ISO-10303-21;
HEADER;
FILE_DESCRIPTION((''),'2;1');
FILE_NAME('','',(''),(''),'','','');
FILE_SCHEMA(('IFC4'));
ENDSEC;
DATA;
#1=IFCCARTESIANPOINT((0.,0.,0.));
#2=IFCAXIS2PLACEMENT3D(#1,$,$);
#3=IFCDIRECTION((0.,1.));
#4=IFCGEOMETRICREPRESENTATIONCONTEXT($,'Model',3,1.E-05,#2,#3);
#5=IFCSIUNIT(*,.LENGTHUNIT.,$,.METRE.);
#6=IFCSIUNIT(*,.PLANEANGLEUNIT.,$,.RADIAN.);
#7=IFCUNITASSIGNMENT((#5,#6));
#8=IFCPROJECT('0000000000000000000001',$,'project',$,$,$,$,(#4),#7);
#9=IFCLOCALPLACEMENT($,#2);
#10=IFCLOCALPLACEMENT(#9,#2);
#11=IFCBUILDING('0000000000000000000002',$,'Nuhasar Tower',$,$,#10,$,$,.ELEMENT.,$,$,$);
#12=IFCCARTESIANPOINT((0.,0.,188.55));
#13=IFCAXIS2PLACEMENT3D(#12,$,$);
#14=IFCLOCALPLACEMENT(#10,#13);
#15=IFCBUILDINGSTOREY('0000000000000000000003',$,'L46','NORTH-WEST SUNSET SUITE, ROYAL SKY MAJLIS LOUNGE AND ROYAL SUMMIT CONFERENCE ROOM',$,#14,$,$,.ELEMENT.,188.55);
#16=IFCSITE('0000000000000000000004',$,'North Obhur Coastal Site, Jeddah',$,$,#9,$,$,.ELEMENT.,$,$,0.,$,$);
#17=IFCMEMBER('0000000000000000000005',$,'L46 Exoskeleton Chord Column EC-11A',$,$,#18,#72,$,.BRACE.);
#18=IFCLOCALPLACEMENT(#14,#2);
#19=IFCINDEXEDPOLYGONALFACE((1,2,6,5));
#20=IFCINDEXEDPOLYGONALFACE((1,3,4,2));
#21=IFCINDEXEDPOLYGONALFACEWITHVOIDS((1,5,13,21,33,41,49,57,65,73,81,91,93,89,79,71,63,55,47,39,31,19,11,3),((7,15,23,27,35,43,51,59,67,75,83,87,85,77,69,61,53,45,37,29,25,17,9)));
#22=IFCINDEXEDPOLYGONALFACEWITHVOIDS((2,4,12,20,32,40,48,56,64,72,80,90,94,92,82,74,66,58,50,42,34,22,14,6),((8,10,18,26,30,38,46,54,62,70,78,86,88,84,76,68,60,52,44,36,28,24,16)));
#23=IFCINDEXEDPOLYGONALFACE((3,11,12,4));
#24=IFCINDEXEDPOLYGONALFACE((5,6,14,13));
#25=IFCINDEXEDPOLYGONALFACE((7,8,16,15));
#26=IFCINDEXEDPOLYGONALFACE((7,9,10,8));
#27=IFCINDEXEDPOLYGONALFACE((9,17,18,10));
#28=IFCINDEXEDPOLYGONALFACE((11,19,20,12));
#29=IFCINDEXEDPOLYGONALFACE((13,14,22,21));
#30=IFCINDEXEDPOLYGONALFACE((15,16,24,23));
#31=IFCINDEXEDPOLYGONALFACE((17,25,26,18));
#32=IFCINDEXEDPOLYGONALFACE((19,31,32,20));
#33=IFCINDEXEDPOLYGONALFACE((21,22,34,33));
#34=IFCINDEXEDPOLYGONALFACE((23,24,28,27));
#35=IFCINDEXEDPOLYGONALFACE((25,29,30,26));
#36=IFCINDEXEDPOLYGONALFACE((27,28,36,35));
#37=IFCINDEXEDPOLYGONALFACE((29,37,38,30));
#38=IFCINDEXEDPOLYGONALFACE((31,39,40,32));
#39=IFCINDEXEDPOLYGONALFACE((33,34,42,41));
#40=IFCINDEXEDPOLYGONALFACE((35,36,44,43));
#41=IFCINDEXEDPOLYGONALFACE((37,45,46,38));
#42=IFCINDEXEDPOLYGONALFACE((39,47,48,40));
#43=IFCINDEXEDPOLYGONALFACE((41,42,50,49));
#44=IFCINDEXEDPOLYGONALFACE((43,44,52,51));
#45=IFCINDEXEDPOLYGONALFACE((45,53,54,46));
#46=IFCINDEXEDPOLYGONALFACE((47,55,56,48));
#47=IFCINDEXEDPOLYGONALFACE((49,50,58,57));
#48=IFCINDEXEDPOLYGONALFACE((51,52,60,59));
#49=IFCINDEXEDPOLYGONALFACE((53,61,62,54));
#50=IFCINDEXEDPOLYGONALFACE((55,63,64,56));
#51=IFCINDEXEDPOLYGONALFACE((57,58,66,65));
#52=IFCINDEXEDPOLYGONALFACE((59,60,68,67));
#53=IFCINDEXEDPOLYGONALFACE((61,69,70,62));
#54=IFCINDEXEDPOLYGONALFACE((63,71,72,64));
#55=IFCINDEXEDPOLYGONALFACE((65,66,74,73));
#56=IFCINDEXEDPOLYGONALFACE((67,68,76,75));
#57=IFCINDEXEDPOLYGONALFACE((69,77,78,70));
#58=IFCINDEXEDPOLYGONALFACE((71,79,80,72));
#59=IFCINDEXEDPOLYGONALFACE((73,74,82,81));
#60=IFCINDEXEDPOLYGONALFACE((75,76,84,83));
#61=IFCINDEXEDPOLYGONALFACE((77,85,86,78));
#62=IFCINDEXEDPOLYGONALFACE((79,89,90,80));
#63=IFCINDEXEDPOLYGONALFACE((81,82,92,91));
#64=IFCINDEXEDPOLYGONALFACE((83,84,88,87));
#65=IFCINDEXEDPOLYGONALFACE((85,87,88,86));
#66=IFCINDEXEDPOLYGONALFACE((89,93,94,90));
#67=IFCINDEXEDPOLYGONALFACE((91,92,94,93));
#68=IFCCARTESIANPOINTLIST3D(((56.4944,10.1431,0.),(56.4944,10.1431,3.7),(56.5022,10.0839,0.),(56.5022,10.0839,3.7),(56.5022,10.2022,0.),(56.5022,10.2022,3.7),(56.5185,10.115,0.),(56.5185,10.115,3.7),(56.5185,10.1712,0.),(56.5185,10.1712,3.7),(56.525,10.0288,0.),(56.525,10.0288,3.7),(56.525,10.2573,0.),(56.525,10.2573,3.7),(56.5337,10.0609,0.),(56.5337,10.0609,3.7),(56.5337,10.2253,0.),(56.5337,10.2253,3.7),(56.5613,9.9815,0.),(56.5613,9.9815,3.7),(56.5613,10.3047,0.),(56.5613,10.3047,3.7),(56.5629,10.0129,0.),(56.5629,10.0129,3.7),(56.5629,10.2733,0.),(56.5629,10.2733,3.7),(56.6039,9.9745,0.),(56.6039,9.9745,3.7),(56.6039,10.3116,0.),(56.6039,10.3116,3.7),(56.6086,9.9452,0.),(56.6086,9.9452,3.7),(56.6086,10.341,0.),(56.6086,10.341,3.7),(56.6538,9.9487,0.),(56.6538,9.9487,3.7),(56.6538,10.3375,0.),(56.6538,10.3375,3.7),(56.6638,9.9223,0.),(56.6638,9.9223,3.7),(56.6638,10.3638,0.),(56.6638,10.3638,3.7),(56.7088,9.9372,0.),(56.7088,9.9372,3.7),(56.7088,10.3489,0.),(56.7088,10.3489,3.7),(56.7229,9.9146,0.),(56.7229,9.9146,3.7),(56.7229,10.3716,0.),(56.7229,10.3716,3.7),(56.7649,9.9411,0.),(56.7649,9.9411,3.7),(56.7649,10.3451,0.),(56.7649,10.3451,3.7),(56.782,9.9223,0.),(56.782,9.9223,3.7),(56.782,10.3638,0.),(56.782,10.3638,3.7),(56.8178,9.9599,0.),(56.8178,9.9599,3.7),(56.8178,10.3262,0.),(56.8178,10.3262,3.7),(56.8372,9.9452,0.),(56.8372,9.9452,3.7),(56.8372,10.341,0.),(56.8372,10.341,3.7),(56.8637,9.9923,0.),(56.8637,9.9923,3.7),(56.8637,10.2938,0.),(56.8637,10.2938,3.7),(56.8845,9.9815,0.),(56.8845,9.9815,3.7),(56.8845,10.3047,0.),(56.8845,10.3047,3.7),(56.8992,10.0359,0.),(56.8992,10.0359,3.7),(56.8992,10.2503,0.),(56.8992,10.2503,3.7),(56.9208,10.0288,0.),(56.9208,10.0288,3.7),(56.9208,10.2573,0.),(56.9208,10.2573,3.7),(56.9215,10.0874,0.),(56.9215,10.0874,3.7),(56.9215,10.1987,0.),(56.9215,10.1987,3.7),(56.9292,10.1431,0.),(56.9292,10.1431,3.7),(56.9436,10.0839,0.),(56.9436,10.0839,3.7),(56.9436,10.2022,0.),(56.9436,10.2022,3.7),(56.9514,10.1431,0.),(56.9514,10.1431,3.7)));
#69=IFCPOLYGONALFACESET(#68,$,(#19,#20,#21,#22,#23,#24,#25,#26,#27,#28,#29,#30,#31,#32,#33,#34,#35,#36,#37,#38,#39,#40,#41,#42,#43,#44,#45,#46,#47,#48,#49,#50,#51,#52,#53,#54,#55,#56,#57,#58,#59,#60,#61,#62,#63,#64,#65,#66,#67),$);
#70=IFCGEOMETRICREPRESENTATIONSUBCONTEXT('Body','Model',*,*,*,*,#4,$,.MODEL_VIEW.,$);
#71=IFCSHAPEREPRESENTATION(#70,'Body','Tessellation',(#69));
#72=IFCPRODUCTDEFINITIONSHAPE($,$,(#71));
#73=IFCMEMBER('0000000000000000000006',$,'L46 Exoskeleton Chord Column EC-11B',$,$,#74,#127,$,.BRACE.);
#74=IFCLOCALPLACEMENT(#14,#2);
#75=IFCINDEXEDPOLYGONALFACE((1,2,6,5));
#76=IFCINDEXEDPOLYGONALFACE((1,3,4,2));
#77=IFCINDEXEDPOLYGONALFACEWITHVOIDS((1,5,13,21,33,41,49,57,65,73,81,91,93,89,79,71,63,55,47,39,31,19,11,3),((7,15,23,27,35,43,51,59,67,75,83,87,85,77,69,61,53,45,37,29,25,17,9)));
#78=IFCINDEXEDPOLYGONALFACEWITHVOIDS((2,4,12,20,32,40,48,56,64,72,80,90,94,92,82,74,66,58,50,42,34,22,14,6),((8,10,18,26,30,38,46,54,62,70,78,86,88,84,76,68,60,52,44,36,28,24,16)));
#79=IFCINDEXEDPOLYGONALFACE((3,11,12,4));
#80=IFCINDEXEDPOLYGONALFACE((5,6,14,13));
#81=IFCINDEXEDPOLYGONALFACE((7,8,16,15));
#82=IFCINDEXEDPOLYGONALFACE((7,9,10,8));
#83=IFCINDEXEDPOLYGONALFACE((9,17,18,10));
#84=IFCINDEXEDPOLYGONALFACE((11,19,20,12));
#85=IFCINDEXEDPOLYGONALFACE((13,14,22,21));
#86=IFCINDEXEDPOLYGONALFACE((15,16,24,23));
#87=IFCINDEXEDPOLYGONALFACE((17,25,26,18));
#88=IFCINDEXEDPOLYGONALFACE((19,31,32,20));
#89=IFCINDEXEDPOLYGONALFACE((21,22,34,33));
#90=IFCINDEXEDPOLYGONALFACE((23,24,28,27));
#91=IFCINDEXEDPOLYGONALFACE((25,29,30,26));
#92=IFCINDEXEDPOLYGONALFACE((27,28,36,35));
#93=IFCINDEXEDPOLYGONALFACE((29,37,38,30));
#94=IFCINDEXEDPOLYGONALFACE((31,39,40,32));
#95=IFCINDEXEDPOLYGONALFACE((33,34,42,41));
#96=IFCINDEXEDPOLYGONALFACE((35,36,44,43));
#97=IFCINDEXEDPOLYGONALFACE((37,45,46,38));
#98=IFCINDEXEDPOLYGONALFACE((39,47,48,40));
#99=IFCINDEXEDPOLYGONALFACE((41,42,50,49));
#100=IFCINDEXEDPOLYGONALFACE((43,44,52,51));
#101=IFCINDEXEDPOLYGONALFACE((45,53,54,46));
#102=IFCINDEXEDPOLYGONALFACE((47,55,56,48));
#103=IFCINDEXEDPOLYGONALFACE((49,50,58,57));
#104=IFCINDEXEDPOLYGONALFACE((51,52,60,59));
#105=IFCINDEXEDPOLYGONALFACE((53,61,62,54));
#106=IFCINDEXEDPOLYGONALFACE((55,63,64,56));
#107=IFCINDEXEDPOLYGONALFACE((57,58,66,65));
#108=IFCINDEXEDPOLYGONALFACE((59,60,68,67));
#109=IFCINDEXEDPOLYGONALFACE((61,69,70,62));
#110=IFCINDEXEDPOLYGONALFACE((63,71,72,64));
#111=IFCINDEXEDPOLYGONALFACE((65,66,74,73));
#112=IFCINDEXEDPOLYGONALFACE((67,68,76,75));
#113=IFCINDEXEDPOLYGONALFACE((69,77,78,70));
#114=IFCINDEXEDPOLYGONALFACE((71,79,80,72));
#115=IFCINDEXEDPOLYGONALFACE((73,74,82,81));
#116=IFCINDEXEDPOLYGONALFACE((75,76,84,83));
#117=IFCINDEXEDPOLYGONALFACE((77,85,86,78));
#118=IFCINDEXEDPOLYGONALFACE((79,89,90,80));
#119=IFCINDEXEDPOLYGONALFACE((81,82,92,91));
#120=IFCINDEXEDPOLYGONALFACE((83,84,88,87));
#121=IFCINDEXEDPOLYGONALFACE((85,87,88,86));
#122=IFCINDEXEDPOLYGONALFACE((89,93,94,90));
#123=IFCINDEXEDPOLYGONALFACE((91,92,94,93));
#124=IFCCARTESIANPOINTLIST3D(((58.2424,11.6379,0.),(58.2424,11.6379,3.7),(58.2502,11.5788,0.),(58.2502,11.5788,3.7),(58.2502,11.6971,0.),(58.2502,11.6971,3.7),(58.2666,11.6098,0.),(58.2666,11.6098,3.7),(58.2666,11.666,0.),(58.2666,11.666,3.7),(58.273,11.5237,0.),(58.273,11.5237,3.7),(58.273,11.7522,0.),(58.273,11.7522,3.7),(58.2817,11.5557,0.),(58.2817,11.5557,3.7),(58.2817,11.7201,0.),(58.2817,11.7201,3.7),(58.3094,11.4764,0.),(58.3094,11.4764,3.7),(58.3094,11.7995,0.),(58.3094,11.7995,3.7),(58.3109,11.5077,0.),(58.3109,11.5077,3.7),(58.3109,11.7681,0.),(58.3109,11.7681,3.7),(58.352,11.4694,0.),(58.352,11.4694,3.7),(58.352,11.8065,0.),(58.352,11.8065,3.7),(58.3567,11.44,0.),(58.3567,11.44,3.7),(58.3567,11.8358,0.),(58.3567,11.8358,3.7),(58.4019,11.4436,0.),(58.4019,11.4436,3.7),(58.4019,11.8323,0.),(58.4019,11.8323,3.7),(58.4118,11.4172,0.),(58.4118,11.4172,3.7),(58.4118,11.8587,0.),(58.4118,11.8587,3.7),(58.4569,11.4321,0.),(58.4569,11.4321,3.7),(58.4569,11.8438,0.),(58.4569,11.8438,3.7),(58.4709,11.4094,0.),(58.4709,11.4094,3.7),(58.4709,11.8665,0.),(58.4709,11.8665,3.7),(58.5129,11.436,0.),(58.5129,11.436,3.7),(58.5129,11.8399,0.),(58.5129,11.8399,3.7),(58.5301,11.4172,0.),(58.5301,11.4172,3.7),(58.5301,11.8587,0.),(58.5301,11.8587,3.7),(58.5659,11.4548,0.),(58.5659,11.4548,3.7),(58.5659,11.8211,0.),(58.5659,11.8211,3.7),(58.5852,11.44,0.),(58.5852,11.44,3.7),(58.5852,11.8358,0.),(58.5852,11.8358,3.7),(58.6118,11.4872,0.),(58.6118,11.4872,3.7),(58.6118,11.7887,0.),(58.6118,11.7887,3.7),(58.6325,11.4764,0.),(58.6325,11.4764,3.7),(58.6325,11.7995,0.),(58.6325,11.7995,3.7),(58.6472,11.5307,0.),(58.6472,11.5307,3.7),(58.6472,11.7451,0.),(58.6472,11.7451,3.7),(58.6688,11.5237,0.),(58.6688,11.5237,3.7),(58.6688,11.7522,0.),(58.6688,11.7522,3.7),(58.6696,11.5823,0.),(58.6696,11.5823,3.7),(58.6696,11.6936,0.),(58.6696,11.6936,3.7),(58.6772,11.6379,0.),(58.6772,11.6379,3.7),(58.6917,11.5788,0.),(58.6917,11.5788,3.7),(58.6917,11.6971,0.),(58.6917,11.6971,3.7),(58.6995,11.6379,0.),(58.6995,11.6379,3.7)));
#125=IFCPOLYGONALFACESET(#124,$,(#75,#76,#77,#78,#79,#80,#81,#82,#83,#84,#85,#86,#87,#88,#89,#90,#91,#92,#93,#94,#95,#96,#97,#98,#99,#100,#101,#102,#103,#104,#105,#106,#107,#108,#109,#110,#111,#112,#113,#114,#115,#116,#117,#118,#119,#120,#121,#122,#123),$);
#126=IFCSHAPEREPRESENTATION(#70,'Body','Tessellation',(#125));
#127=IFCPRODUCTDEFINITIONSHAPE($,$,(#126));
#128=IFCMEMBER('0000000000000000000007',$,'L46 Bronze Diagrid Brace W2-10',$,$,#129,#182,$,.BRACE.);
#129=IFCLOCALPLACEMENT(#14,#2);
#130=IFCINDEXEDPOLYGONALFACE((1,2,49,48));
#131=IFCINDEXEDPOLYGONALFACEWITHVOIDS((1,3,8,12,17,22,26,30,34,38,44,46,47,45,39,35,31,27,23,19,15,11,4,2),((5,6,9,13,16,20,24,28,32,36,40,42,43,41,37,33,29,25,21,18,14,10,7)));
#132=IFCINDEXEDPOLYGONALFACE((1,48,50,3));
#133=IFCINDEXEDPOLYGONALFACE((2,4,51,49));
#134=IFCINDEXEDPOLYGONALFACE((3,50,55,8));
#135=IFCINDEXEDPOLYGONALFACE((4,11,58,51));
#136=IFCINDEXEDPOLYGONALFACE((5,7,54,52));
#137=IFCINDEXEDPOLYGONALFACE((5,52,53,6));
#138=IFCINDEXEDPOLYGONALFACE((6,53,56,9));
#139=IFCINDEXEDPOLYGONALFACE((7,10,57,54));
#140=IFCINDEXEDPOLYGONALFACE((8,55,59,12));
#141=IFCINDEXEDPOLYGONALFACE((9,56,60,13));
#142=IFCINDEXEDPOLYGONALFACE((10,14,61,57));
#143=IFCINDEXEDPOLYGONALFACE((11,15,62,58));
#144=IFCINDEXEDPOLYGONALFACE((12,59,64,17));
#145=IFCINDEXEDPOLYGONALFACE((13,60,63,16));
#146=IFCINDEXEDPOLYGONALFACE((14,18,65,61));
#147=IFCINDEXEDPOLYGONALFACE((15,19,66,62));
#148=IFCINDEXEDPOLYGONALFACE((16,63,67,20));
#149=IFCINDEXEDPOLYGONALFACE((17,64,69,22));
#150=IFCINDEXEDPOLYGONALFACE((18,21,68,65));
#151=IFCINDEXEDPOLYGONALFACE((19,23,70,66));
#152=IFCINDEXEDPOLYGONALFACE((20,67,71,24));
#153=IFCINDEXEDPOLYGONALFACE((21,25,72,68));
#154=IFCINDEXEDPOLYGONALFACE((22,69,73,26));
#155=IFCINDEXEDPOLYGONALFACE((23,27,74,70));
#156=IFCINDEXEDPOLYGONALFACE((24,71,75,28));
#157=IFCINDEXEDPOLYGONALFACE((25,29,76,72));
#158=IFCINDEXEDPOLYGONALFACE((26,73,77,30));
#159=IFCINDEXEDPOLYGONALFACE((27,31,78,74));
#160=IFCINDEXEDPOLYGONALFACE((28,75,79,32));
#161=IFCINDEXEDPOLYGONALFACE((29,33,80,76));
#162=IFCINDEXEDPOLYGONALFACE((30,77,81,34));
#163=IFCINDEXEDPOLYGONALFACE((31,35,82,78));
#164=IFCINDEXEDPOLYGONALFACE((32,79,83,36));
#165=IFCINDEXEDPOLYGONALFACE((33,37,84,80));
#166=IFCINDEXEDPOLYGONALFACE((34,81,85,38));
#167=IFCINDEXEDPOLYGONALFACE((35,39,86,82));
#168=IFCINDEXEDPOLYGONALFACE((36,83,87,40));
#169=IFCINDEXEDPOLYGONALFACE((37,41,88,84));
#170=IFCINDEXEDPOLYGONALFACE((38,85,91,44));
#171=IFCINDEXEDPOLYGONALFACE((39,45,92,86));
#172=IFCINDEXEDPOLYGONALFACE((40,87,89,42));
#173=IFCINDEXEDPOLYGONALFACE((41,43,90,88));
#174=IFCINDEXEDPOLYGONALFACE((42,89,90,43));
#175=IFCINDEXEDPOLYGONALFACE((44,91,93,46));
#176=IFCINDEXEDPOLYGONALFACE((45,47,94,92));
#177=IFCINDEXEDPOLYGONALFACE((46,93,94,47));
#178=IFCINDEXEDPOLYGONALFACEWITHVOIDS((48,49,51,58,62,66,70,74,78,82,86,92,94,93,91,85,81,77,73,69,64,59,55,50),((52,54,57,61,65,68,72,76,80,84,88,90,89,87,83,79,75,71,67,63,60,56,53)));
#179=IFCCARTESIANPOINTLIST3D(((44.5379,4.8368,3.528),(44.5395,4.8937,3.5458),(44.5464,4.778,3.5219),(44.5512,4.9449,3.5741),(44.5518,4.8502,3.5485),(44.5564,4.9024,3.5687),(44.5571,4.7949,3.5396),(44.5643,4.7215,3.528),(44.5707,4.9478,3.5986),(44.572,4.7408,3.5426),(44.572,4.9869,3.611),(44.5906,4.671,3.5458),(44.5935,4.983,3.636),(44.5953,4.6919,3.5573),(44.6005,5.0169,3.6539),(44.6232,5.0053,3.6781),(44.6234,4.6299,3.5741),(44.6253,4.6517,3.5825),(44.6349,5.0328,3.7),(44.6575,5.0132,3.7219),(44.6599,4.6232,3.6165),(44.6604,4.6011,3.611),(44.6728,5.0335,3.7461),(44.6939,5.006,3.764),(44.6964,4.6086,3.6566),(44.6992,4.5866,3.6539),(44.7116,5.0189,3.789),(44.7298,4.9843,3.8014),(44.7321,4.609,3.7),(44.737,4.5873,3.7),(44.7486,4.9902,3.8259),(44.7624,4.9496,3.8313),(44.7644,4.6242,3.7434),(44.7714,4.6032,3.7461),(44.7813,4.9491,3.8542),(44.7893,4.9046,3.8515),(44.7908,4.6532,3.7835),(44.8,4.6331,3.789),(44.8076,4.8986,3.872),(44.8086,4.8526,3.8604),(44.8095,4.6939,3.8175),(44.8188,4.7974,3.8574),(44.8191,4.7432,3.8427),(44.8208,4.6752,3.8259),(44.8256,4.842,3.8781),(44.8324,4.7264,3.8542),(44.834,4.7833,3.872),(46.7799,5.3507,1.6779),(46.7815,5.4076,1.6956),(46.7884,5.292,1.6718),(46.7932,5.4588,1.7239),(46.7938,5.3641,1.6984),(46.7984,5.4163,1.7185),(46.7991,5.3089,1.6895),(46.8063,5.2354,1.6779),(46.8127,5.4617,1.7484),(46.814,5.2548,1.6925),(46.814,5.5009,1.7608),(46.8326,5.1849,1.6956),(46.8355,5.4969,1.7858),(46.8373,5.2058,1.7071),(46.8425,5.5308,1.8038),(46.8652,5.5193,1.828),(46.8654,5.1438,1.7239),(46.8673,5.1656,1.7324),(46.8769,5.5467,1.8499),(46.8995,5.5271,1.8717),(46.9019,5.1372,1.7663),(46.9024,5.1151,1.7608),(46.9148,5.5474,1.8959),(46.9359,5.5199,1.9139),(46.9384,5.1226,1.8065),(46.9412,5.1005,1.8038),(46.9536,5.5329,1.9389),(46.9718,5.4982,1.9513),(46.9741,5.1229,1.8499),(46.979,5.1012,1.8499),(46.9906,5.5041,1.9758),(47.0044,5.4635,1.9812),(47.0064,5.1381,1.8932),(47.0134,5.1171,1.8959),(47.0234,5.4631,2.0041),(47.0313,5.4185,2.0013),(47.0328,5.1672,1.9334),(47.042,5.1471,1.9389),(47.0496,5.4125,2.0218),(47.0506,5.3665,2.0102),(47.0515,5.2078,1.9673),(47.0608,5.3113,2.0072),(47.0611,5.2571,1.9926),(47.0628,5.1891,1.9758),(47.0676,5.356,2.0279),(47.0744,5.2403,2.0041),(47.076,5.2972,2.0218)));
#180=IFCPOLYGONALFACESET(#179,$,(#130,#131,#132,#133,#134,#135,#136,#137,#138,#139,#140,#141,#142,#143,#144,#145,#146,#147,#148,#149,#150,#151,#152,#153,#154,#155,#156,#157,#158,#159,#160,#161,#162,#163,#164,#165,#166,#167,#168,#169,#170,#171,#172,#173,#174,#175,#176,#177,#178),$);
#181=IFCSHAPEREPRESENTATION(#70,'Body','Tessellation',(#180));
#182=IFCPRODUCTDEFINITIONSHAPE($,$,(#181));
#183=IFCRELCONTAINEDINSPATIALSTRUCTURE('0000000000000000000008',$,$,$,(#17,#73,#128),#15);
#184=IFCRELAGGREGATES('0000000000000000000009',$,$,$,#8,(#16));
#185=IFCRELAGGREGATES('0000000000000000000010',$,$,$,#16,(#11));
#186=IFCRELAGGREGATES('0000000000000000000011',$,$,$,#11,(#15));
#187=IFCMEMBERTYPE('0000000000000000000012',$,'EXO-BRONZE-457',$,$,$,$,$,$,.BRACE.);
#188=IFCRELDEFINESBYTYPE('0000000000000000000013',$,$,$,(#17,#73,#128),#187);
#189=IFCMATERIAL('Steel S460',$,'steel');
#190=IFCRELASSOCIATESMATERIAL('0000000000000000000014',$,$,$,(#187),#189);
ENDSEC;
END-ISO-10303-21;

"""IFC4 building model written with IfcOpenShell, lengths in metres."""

from ifc_helpers import new_model, si_unit, direction, frame, origin, origin_2d, place, context, subcontext, project, spatial, hollow_circle, extrude, material, material_profile, profile_set, type_object, element, save


model = new_model("IFC4")

# Units and contexts
model_context = context("Model", 3, precision=1e-05, world=origin(), true_north=direction((0.0, 1.0)))
body_context = subcontext(model_context, "Body", "Model", "MODEL_VIEW")
ifc_project = project(units=[si_unit("LENGTHUNIT", "METRE"), si_unit("PLANEANGLEUNIT", "RADIAN")], contexts=[model_context])

# Site, building, storey
site_placement = place(None, origin())
site = spatial("IfcSite", under=ifc_project, at=site_placement, Name="North Obhur Coastal Site, Jeddah", CompositionType="ELEMENT", RefElevation=0.0)
building_placement = place(site_placement, origin())
building = spatial("IfcBuilding", under=site, at=building_placement, Name="Nuhasar Tower", CompositionType="ELEMENT")
storey_placement = place(building_placement, frame((0.0, 0.0, 188.55)))
storey = spatial("IfcBuildingStorey", under=building, at=storey_placement, Name="L46", Description="NORTH-WEST SUNSET SUITE, ROYAL SKY MAJLIS LOUNGE AND ROYAL SUMMIT CONFERENCE ROOM", CompositionType="ELEMENT", Elevation=188.55)

# Members
ifc_material_1 = material(Name="Steel S460", Category="steel")
ifc_material_profile_1 = material_profile(ifc_material_1, hollow_circle(Radius=0.2285, WallThickness=0.0222, at=origin_2d()), Name="HSS457X22.2")
ifc_profile_set_1 = profile_set([ifc_material_profile_1], Name="Steel S460")
member_type_1 = type_object("IfcMemberType", Name="EXO-BRONZE-457", PredefinedType="BRACE", material=ifc_profile_set_1)
for number, where, z_axis, x_axis, name in (
    (1, (56.7229, 10.1431, 0.0), (0.0, 0.0, 1.0), (1.0, 0.0, 0.0), "L46 Exoskeleton Chord Column EC-11A"),
    (2, (58.4709, 11.6379, 0.0), (0.0, 0.0, 1.0), (1.0, 0.0, 0.0), "L46 Exoskeleton Chord Column EC-11B"),
):
    element("IfcMember", number, at=place(storey_placement, frame(where, z_axis=z_axis, x_axis=x_axis)), inside=storey, type_object=member_type_1, Name=name, PredefinedType="BRACE", context=body_context, shape_type="SweptSolid", body=[
        extrude(hollow_circle(Radius=0.2285, WallThickness=0.0222, at=origin_2d()), origin(), (0.0, 0.0, 1.0), 3.7),
    ])
member_1_placement = place(storey_placement, frame((46.928, 5.324, 1.8499), z_axis=(-0.75951, -0.174101, 0.626764), x_axis=(0.223433, -0.974719, 0.0)))
element("IfcMember", 3, at=member_1_placement, inside=storey, type_object=member_type_1, Name="L46 Bronze Diagrid Brace W2-10", PredefinedType="BRACE", context=body_context, shape_type="SweptSolid", body=[
    extrude(hollow_circle(Radius=0.2285, WallThickness=0.0222, at=origin_2d()), origin(), (0.0, 0.0, 1.0), 2.9519),
])

save(model, "model.ifc")
